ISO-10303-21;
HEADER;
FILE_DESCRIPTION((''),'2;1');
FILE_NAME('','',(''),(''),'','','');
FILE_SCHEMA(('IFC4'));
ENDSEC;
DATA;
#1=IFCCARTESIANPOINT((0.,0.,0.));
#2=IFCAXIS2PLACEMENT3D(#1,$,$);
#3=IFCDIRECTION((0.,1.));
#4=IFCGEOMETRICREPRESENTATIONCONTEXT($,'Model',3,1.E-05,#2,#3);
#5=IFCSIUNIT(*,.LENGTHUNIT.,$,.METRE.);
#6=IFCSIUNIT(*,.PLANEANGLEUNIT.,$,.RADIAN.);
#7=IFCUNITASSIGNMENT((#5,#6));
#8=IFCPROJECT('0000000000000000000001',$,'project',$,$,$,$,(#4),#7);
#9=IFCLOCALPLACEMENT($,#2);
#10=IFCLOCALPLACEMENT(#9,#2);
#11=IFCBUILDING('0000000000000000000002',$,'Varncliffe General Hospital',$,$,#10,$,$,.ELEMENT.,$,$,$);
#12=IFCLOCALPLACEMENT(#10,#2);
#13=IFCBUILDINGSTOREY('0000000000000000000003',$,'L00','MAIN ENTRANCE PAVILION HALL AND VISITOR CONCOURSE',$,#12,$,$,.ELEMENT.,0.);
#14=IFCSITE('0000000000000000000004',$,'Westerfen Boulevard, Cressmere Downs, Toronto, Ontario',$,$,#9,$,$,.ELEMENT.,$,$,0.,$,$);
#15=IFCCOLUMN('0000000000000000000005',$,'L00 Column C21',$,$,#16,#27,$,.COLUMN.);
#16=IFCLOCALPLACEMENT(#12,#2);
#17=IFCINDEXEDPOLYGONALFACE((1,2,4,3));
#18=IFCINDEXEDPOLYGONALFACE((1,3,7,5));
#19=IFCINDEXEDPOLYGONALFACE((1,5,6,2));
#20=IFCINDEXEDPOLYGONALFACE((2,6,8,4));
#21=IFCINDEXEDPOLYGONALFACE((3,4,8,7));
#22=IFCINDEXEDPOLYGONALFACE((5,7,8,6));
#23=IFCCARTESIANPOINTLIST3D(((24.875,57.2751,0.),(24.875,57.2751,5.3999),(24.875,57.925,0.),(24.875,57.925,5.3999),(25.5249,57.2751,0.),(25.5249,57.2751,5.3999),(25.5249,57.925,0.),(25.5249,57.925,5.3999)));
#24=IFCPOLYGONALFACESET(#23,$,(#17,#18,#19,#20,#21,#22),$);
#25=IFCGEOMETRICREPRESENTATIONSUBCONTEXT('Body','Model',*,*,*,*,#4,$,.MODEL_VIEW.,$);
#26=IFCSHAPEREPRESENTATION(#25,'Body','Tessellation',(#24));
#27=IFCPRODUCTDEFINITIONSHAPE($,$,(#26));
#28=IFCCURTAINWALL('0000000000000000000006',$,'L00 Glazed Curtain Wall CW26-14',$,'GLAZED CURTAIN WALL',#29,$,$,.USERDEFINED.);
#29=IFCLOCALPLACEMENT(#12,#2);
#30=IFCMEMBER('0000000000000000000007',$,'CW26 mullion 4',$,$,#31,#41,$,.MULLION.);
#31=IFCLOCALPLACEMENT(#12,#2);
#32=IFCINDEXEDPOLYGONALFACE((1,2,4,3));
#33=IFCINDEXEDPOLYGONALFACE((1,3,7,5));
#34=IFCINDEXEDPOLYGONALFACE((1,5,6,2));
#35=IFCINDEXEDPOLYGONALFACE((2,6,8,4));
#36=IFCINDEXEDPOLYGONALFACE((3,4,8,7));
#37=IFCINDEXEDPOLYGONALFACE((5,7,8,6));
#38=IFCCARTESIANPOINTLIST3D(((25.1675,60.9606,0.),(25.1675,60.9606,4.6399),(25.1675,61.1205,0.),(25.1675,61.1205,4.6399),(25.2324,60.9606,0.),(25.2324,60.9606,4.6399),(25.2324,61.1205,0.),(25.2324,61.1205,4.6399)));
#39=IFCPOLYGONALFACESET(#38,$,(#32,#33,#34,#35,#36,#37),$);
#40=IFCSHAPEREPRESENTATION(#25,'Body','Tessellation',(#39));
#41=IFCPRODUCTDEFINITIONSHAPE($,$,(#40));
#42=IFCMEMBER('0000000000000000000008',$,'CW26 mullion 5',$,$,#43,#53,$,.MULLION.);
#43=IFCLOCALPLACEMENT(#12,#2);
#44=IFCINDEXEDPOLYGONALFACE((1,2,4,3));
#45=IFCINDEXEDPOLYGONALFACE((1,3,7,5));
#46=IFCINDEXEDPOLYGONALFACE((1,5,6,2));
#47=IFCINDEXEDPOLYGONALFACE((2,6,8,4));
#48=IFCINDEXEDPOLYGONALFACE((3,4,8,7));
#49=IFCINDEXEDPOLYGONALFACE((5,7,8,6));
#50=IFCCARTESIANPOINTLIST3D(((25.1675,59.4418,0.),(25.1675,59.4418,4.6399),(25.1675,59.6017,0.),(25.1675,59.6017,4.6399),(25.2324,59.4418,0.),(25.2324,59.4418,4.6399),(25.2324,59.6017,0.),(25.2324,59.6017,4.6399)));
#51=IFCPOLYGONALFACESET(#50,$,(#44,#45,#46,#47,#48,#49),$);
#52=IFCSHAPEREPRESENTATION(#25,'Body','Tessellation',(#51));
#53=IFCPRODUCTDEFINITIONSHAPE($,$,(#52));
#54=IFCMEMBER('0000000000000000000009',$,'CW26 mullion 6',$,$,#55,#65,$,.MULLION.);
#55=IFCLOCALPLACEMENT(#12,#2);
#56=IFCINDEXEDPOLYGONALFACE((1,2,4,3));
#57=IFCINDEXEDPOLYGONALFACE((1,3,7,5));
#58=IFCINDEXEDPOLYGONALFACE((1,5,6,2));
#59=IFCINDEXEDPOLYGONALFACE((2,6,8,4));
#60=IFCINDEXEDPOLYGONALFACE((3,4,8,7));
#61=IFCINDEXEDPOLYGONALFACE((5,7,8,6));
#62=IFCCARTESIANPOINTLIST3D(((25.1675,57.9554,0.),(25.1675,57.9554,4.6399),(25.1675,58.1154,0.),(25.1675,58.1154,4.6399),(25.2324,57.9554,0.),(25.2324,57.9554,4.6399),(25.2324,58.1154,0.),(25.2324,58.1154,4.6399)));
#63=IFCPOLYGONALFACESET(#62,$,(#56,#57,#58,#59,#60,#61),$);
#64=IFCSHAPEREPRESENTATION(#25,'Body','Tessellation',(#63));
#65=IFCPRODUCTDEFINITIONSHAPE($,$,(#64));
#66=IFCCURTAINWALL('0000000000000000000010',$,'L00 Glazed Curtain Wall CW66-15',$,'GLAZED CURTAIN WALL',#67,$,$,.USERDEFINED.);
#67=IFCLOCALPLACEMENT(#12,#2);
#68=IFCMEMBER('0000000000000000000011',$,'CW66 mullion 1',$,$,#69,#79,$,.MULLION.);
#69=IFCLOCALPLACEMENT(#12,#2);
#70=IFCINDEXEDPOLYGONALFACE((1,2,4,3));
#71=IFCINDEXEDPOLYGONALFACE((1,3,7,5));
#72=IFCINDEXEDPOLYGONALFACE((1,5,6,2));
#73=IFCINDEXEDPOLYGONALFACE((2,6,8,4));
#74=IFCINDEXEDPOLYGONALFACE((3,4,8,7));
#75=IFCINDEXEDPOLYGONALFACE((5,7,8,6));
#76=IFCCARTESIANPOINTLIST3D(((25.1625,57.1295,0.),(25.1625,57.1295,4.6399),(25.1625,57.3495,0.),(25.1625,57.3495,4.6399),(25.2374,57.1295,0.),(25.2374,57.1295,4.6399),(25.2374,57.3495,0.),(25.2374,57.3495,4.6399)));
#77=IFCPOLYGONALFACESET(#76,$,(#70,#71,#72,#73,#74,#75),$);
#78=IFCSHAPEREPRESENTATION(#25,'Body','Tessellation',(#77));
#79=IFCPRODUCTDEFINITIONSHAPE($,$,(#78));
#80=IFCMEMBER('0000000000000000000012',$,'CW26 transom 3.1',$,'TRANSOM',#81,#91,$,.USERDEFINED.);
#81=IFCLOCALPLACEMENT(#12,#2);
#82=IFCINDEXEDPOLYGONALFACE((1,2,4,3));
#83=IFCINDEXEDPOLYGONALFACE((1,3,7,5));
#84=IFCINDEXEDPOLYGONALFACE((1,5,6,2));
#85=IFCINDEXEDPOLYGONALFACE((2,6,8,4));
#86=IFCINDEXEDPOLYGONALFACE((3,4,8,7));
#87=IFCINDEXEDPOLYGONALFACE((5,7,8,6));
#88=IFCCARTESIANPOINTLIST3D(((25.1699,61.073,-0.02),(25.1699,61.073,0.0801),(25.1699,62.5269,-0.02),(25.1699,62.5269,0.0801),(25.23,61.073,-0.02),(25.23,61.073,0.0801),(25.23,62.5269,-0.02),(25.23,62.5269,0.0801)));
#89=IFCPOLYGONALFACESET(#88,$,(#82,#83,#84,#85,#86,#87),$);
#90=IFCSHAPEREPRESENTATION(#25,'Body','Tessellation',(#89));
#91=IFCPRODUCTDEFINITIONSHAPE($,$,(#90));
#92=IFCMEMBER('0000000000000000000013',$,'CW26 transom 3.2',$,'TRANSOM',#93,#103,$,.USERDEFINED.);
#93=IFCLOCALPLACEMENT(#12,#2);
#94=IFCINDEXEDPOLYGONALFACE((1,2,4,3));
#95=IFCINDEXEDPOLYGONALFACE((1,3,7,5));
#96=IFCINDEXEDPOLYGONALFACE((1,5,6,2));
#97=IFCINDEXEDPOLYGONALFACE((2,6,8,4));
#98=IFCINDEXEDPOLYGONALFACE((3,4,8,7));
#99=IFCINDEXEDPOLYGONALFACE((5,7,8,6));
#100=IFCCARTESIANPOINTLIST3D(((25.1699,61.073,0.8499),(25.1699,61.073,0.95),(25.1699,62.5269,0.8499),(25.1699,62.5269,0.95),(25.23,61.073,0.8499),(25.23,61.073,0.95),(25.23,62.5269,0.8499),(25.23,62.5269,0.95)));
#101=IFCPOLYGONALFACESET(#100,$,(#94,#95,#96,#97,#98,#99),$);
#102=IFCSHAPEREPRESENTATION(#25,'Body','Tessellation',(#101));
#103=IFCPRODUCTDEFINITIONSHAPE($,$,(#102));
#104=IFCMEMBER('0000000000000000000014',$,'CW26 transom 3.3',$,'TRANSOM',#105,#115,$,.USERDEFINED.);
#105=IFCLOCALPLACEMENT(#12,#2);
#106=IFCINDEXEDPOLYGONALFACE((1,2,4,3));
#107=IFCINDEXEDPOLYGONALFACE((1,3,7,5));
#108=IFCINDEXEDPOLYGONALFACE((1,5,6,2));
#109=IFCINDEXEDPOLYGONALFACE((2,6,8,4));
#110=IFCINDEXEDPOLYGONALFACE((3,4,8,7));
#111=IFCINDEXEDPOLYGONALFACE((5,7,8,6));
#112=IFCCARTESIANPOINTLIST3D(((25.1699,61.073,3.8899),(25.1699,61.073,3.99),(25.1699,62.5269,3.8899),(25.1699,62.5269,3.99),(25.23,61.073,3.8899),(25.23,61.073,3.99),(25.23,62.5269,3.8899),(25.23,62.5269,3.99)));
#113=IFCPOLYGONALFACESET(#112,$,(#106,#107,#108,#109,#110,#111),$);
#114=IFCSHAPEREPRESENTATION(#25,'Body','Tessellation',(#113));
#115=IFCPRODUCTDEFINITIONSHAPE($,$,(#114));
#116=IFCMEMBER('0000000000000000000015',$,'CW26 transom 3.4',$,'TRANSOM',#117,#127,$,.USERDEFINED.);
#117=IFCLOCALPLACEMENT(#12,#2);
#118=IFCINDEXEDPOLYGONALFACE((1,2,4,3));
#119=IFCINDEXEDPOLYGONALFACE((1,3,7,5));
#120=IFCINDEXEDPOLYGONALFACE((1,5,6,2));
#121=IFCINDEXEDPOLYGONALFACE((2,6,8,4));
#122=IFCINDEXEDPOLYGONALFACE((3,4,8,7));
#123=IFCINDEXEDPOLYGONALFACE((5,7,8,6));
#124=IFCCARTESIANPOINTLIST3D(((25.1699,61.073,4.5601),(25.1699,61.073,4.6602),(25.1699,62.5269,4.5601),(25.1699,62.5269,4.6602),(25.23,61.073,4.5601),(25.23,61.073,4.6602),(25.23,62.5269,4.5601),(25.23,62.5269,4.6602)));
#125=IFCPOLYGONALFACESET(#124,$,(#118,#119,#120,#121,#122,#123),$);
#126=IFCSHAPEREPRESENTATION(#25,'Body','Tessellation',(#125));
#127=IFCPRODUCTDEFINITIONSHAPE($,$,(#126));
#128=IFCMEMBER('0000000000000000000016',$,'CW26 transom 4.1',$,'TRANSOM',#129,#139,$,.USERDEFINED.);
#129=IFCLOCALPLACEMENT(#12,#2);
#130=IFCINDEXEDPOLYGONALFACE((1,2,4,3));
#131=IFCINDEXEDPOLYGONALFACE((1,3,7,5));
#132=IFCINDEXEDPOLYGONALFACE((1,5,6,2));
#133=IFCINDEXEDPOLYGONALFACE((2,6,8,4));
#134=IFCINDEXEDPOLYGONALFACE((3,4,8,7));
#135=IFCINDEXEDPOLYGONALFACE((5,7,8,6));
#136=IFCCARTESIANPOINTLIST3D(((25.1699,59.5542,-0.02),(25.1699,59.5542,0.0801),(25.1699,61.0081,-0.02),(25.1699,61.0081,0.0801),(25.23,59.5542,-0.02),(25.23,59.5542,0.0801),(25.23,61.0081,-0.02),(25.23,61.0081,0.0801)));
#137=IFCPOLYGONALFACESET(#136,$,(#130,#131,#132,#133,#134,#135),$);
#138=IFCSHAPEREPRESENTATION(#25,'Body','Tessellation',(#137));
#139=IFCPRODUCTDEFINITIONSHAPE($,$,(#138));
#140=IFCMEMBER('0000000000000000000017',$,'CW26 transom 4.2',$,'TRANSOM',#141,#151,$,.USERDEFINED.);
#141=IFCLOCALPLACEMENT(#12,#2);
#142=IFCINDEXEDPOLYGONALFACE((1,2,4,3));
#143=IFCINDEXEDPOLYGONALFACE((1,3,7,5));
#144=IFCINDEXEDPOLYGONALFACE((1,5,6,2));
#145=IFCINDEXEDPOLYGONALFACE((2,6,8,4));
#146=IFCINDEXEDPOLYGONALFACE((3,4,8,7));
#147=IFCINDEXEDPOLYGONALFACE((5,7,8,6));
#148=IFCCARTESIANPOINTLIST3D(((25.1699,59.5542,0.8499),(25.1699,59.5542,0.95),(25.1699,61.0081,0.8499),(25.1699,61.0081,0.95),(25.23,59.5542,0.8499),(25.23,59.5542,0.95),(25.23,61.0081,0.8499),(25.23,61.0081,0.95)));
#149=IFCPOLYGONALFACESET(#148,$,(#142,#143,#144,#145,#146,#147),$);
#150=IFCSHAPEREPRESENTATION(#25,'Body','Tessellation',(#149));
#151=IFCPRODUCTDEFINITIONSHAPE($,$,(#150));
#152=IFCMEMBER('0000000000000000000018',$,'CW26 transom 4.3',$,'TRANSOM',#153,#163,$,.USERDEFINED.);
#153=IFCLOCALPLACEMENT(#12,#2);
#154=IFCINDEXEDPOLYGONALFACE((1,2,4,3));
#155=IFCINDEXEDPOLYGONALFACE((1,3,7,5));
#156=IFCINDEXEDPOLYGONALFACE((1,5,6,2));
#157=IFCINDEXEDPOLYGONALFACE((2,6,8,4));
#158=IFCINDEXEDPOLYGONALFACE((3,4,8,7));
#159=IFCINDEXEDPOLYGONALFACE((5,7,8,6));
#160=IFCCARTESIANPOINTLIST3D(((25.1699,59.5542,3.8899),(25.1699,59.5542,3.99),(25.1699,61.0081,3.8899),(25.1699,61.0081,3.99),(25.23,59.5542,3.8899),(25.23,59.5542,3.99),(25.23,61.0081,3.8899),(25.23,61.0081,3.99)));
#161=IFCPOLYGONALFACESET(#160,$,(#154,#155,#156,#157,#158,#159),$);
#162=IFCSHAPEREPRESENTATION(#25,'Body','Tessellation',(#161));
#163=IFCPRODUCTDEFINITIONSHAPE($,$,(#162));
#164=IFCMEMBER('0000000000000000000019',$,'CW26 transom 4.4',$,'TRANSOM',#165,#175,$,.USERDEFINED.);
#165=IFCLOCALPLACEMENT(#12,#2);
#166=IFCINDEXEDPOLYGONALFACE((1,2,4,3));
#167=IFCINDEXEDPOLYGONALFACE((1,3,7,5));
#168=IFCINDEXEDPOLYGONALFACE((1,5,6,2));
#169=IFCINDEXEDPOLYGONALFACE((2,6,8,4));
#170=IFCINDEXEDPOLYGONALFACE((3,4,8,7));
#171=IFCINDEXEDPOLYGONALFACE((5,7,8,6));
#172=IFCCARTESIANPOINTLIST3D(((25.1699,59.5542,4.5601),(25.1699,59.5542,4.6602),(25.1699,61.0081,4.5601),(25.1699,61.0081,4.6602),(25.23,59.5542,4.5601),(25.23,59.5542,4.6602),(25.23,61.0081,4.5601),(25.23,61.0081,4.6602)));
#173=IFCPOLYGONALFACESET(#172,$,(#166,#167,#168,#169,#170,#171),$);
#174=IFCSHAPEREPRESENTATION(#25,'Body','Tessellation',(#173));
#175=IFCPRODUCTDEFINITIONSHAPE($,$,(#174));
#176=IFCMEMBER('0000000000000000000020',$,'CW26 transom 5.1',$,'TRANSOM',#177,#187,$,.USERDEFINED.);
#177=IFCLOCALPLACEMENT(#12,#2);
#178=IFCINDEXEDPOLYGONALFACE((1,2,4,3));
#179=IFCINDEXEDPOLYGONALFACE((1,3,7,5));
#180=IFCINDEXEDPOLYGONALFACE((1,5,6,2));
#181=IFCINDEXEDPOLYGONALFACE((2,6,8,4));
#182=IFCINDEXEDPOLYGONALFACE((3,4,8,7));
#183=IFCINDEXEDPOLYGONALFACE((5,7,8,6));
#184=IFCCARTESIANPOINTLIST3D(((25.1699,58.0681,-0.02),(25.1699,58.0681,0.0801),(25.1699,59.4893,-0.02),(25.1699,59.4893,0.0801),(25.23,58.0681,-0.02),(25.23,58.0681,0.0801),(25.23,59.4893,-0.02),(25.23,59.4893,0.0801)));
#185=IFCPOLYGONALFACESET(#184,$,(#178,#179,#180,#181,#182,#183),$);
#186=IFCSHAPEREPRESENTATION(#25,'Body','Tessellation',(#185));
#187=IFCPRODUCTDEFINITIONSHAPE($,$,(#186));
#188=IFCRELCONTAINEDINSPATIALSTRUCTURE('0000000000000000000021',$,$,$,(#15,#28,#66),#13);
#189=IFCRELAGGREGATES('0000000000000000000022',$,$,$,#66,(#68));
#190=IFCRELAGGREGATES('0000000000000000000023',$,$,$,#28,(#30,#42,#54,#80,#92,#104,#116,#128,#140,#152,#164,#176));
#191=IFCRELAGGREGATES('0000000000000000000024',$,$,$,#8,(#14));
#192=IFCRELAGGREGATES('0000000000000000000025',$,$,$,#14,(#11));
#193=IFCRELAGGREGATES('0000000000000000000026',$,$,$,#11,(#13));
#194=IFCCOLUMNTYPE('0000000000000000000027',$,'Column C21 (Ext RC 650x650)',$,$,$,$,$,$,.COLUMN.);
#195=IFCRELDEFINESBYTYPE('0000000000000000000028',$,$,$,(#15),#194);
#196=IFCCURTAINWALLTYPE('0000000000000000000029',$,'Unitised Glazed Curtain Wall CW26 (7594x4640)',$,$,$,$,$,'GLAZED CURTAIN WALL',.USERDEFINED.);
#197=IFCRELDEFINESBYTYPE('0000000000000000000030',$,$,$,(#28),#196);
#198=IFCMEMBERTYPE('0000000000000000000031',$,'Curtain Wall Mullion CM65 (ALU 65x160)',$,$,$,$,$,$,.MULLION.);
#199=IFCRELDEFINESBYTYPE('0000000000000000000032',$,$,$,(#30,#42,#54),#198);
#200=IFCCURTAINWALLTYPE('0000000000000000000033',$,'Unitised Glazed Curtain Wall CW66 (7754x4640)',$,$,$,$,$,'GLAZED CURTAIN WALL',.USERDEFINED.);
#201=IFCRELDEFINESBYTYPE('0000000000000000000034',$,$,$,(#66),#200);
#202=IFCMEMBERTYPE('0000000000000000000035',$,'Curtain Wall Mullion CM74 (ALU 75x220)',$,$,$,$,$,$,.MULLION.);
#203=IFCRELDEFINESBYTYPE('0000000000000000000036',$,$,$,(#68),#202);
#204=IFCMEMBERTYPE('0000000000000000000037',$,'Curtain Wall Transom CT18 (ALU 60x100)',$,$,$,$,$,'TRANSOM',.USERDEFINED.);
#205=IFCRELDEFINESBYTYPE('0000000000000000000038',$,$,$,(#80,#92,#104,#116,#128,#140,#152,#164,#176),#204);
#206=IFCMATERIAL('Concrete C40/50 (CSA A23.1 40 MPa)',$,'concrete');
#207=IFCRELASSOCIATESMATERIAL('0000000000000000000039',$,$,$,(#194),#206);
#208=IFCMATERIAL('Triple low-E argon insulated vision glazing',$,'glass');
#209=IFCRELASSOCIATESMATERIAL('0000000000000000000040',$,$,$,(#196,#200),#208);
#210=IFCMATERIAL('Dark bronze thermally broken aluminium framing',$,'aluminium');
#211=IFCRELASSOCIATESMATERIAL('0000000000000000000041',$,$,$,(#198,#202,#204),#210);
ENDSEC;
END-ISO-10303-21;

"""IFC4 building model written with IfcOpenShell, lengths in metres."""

from ifc_helpers import new_model, si_unit, direction, frame, origin, origin_2d, place, context, subcontext, project, spatial, rectangle, extrude, material, material_profile, profile_set, type_object, element, aggregate, save


model = new_model("IFC4")

# Units and contexts
model_context = context("Model", 3, precision=1e-05, world=origin(), true_north=direction((0.0, 1.0)))
body_context = subcontext(model_context, "Body", "Model", "MODEL_VIEW")
ifc_project = project(units=[si_unit("LENGTHUNIT", "METRE"), si_unit("PLANEANGLEUNIT", "RADIAN")], contexts=[model_context])

# Site, building, storey
site_placement = place(None, origin())
site = spatial("IfcSite", under=ifc_project, at=site_placement, Name="Westerfen Boulevard, Cressmere Downs, Toronto, Ontario", CompositionType="ELEMENT", RefElevation=0.0)
building_placement = place(site_placement, origin())
building = spatial("IfcBuilding", under=site, at=building_placement, Name="Varncliffe General Hospital", CompositionType="ELEMENT")
storey_placement = place(building_placement, origin())
storey = spatial("IfcBuildingStorey", under=building, at=storey_placement, Name="L00", Description="MAIN ENTRANCE PAVILION HALL AND VISITOR CONCOURSE", CompositionType="ELEMENT", Elevation=0.0)

# Column
ifc_material_1 = material(Name="Concrete C40/50 (CSA A23.1 40 MPa)", Category="concrete")
ifc_material_profile_1 = material_profile(ifc_material_1, rectangle(XDim=0.6499, YDim=0.6499, at=origin_2d()), Name="RC 650x650")
ifc_profile_set_1 = profile_set([ifc_material_profile_1], Name="Concrete C40/50 (CSA A23.1 40 MPa)")
column_type = type_object("IfcColumnType", Name="Column C21 (Ext RC 650x650)", PredefinedType="COLUMN", material=ifc_profile_set_1)
column_placement = place(storey_placement, frame((25.2, 57.6001, 0.0), z_axis=(0.0, 0.0, 1.0), x_axis=(1.0, 0.0, 0.0)))
element("IfcColumn", 1, at=column_placement, inside=storey, type_object=column_type, Name="L00 Column C21", PredefinedType="COLUMN", context=body_context, shape_type="SweptSolid", body=[
    extrude(rectangle(XDim=0.6499, YDim=0.6499, at=origin_2d()), origin(), (0.0, 0.0, 1.0), 5.3999),
])

# Curtain wall, members
ifc_material_2 = material(Name="Triple low-E argon insulated vision glazing", Category="glass")
curtain_wall_type_1 = type_object("IfcCurtainWallType", Name="Unitised Glazed Curtain Wall CW26 (7594x4640)", ElementType="GLAZED CURTAIN WALL", PredefinedType="USERDEFINED", material=ifc_material_2)
curtain_wall_1_placement = place(storey_placement, origin())
curtain_wall_1 = element("IfcCurtainWall", 2, at=curtain_wall_1_placement, inside=storey, type_object=curtain_wall_type_1, Name="L00 Glazed Curtain Wall CW26-14", ObjectType="GLAZED CURTAIN WALL", PredefinedType="USERDEFINED")
ifc_material_3 = material(Name="Dark bronze thermally broken aluminium framing", Category="aluminium")
ifc_material_profile_2 = material_profile(ifc_material_3, rectangle(XDim=0.0649, YDim=0.1599, at=origin_2d()), Name="ALU 65x160")
ifc_profile_set_2 = profile_set([ifc_material_profile_2], Name="Dark bronze thermally broken aluminium framing")
member_type_1 = type_object("IfcMemberType", Name="Curtain Wall Mullion CM65 (ALU 65x160)", PredefinedType="MULLION", material=ifc_profile_set_2)
member_1_placement = place(storey_placement, frame((25.2, 61.0405, 0.0), z_axis=(0.0, 0.0, 1.0), x_axis=(1.0, 0.0, 0.0)))
member_1 = element("IfcMember", 3, at=member_1_placement, type_object=member_type_1, Name="CW26 mullion 4", PredefinedType="MULLION", context=body_context, shape_type="SweptSolid", body=[
    extrude(rectangle(XDim=0.0649, YDim=0.1599, at=origin_2d()), origin(), (0.0, 0.0, 1.0), 4.6399),
])
member_2_placement = place(storey_placement, frame((25.2, 59.5217, 0.0), z_axis=(0.0, 0.0, 1.0), x_axis=(1.0, 0.0, 0.0)))
member_2 = element("IfcMember", 4, at=member_2_placement, type_object=member_type_1, Name="CW26 mullion 5", PredefinedType="MULLION", context=body_context, shape_type="SweptSolid", body=[
    extrude(rectangle(XDim=0.0649, YDim=0.1599, at=origin_2d()), origin(), (0.0, 0.0, 1.0), 4.6399),
])
member_3_placement = place(storey_placement, frame((25.2, 58.0354, 0.0), z_axis=(0.0, 0.0, 1.0), x_axis=(1.0, 0.0, 0.0)))
member_3 = element("IfcMember", 5, at=member_3_placement, type_object=member_type_1, Name="CW26 mullion 6", PredefinedType="MULLION", context=body_context, shape_type="SweptSolid", body=[
    extrude(rectangle(XDim=0.0649, YDim=0.1599, at=origin_2d()), origin(), (0.0, 0.0, 1.0), 4.6399),
])

# Curtain wall, member
curtain_wall_type_2 = type_object("IfcCurtainWallType", Name="Unitised Glazed Curtain Wall CW66 (7754x4640)", ElementType="GLAZED CURTAIN WALL", PredefinedType="USERDEFINED", material=ifc_material_2)
curtain_wall_2_placement = place(storey_placement, origin())
curtain_wall_2 = element("IfcCurtainWall", 6, at=curtain_wall_2_placement, inside=storey, type_object=curtain_wall_type_2, Name="L00 Glazed Curtain Wall CW66-15", ObjectType="GLAZED CURTAIN WALL", PredefinedType="USERDEFINED")
ifc_material_profile_3 = material_profile(ifc_material_3, rectangle(XDim=0.075, YDim=0.22, at=origin_2d()), Name="ALU 75x220")
ifc_profile_set_3 = profile_set([ifc_material_profile_3], Name="Dark bronze thermally broken aluminium framing")
member_type_2 = type_object("IfcMemberType", Name="Curtain Wall Mullion CM74 (ALU 75x220)", PredefinedType="MULLION", material=ifc_profile_set_3)
member_4_placement = place(storey_placement, frame((25.2, 57.2395, 0.0), z_axis=(0.0, 0.0, 1.0), x_axis=(1.0, 0.0, 0.0)))
member_4 = element("IfcMember", 7, at=member_4_placement, type_object=member_type_2, Name="CW66 mullion 1", PredefinedType="MULLION", context=body_context, shape_type="SweptSolid", body=[
    extrude(rectangle(XDim=0.075, YDim=0.22, at=origin_2d()), origin(), (0.0, 0.0, 1.0), 4.6399),
])

# Members
ifc_material_profile_4 = material_profile(ifc_material_3, rectangle(XDim=0.0601, YDim=0.1001, at=origin_2d()), Name="ALU 60x100")
ifc_profile_set_4 = profile_set([ifc_material_profile_4], Name="Dark bronze thermally broken aluminium framing")
member_type_3 = type_object("IfcMemberType", Name="Curtain Wall Transom CT18 (ALU 60x100)", ElementType="TRANSOM", PredefinedType="USERDEFINED", material=ifc_profile_set_4)
member_5_placement = place(storey_placement, frame((25.2, 62.5269, 0.03), z_axis=(0.0, -1.0, 0.0), x_axis=(1.0, 0.0, 0.0)))
member_5 = element("IfcMember", 8, at=member_5_placement, type_object=member_type_3, Name="CW26 transom 3.1", ObjectType="TRANSOM", PredefinedType="USERDEFINED", context=body_context, shape_type="SweptSolid", body=[
    extrude(rectangle(XDim=0.0601, YDim=0.1001, at=origin_2d()), origin(), (0.0, 0.0, 1.0), 1.4539),
])
member_6_placement = place(storey_placement, frame((25.2, 62.5269, 0.8999), z_axis=(0.0, -1.0, 0.0), x_axis=(1.0, 0.0, 0.0)))
member_6 = element("IfcMember", 9, at=member_6_placement, type_object=member_type_3, Name="CW26 transom 3.2", ObjectType="TRANSOM", PredefinedType="USERDEFINED", context=body_context, shape_type="SweptSolid", body=[
    extrude(rectangle(XDim=0.0601, YDim=0.1001, at=origin_2d()), origin(), (0.0, 0.0, 1.0), 1.4539),
])
member_7_placement = place(storey_placement, frame((25.2, 62.5269, 3.9399), z_axis=(0.0, -1.0, 0.0), x_axis=(1.0, 0.0, 0.0)))
member_7 = element("IfcMember", 10, at=member_7_placement, type_object=member_type_3, Name="CW26 transom 3.3", ObjectType="TRANSOM", PredefinedType="USERDEFINED", context=body_context, shape_type="SweptSolid", body=[
    extrude(rectangle(XDim=0.0601, YDim=0.1001, at=origin_2d()), origin(), (0.0, 0.0, 1.0), 1.4539),
])
member_8_placement = place(storey_placement, frame((25.2, 62.5269, 4.6101), z_axis=(0.0, -1.0, 0.0), x_axis=(1.0, 0.0, 0.0)))
member_8 = element("IfcMember", 11, at=member_8_placement, type_object=member_type_3, Name="CW26 transom 3.4", ObjectType="TRANSOM", PredefinedType="USERDEFINED", context=body_context, shape_type="SweptSolid", body=[
    extrude(rectangle(XDim=0.0601, YDim=0.1001, at=origin_2d()), origin(), (0.0, 0.0, 1.0), 1.4539),
])
member_9_placement = place(storey_placement, frame((25.2, 61.0081, 0.03), z_axis=(0.0, -1.0, 0.0), x_axis=(1.0, 0.0, 0.0)))
member_9 = element("IfcMember", 12, at=member_9_placement, type_object=member_type_3, Name="CW26 transom 4.1", ObjectType="TRANSOM", PredefinedType="USERDEFINED", context=body_context, shape_type="SweptSolid", body=[
    extrude(rectangle(XDim=0.0601, YDim=0.1001, at=origin_2d()), origin(), (0.0, 0.0, 1.0), 1.4539),
])
member_10_placement = place(storey_placement, frame((25.2, 61.0081, 0.8999), z_axis=(0.0, -1.0, 0.0), x_axis=(1.0, 0.0, 0.0)))
member_10 = element("IfcMember", 13, at=member_10_placement, type_object=member_type_3, Name="CW26 transom 4.2", ObjectType="TRANSOM", PredefinedType="USERDEFINED", context=body_context, shape_type="SweptSolid", body=[
    extrude(rectangle(XDim=0.0601, YDim=0.1001, at=origin_2d()), origin(), (0.0, 0.0, 1.0), 1.4539),
])
member_11_placement = place(storey_placement, frame((25.2, 61.0081, 3.9399), z_axis=(0.0, -1.0, 0.0), x_axis=(1.0, 0.0, 0.0)))
member_11 = element("IfcMember", 14, at=member_11_placement, type_object=member_type_3, Name="CW26 transom 4.3", ObjectType="TRANSOM", PredefinedType="USERDEFINED", context=body_context, shape_type="SweptSolid", body=[
    extrude(rectangle(XDim=0.0601, YDim=0.1001, at=origin_2d()), origin(), (0.0, 0.0, 1.0), 1.4539),
])
member_12_placement = place(storey_placement, frame((25.2, 61.0081, 4.6101), z_axis=(0.0, -1.0, 0.0), x_axis=(1.0, 0.0, 0.0)))
member_12 = element("IfcMember", 15, at=member_12_placement, type_object=member_type_3, Name="CW26 transom 4.4", ObjectType="TRANSOM", PredefinedType="USERDEFINED", context=body_context, shape_type="SweptSolid", body=[
    extrude(rectangle(XDim=0.0601, YDim=0.1001, at=origin_2d()), origin(), (0.0, 0.0, 1.0), 1.4539),
])
member_13_placement = place(storey_placement, frame((25.2, 59.4893, 0.03), z_axis=(0.0, -1.0, 0.0), x_axis=(1.0, 0.0, 0.0)))
member_13 = element("IfcMember", 16, at=member_13_placement, type_object=member_type_3, Name="CW26 transom 5.1", ObjectType="TRANSOM", PredefinedType="USERDEFINED", context=body_context, shape_type="SweptSolid", body=[
    extrude(rectangle(XDim=0.0601, YDim=0.1001, at=origin_2d()), origin(), (0.0, 0.0, 1.0), 1.4211),
])
aggregate(curtain_wall_2, [member_4])

aggregate(curtain_wall_1, [member_1, member_2, member_3, member_5, member_6, member_7, member_8, member_9, member_10, member_11, member_12, member_13])

save(model, "model.ifc")
